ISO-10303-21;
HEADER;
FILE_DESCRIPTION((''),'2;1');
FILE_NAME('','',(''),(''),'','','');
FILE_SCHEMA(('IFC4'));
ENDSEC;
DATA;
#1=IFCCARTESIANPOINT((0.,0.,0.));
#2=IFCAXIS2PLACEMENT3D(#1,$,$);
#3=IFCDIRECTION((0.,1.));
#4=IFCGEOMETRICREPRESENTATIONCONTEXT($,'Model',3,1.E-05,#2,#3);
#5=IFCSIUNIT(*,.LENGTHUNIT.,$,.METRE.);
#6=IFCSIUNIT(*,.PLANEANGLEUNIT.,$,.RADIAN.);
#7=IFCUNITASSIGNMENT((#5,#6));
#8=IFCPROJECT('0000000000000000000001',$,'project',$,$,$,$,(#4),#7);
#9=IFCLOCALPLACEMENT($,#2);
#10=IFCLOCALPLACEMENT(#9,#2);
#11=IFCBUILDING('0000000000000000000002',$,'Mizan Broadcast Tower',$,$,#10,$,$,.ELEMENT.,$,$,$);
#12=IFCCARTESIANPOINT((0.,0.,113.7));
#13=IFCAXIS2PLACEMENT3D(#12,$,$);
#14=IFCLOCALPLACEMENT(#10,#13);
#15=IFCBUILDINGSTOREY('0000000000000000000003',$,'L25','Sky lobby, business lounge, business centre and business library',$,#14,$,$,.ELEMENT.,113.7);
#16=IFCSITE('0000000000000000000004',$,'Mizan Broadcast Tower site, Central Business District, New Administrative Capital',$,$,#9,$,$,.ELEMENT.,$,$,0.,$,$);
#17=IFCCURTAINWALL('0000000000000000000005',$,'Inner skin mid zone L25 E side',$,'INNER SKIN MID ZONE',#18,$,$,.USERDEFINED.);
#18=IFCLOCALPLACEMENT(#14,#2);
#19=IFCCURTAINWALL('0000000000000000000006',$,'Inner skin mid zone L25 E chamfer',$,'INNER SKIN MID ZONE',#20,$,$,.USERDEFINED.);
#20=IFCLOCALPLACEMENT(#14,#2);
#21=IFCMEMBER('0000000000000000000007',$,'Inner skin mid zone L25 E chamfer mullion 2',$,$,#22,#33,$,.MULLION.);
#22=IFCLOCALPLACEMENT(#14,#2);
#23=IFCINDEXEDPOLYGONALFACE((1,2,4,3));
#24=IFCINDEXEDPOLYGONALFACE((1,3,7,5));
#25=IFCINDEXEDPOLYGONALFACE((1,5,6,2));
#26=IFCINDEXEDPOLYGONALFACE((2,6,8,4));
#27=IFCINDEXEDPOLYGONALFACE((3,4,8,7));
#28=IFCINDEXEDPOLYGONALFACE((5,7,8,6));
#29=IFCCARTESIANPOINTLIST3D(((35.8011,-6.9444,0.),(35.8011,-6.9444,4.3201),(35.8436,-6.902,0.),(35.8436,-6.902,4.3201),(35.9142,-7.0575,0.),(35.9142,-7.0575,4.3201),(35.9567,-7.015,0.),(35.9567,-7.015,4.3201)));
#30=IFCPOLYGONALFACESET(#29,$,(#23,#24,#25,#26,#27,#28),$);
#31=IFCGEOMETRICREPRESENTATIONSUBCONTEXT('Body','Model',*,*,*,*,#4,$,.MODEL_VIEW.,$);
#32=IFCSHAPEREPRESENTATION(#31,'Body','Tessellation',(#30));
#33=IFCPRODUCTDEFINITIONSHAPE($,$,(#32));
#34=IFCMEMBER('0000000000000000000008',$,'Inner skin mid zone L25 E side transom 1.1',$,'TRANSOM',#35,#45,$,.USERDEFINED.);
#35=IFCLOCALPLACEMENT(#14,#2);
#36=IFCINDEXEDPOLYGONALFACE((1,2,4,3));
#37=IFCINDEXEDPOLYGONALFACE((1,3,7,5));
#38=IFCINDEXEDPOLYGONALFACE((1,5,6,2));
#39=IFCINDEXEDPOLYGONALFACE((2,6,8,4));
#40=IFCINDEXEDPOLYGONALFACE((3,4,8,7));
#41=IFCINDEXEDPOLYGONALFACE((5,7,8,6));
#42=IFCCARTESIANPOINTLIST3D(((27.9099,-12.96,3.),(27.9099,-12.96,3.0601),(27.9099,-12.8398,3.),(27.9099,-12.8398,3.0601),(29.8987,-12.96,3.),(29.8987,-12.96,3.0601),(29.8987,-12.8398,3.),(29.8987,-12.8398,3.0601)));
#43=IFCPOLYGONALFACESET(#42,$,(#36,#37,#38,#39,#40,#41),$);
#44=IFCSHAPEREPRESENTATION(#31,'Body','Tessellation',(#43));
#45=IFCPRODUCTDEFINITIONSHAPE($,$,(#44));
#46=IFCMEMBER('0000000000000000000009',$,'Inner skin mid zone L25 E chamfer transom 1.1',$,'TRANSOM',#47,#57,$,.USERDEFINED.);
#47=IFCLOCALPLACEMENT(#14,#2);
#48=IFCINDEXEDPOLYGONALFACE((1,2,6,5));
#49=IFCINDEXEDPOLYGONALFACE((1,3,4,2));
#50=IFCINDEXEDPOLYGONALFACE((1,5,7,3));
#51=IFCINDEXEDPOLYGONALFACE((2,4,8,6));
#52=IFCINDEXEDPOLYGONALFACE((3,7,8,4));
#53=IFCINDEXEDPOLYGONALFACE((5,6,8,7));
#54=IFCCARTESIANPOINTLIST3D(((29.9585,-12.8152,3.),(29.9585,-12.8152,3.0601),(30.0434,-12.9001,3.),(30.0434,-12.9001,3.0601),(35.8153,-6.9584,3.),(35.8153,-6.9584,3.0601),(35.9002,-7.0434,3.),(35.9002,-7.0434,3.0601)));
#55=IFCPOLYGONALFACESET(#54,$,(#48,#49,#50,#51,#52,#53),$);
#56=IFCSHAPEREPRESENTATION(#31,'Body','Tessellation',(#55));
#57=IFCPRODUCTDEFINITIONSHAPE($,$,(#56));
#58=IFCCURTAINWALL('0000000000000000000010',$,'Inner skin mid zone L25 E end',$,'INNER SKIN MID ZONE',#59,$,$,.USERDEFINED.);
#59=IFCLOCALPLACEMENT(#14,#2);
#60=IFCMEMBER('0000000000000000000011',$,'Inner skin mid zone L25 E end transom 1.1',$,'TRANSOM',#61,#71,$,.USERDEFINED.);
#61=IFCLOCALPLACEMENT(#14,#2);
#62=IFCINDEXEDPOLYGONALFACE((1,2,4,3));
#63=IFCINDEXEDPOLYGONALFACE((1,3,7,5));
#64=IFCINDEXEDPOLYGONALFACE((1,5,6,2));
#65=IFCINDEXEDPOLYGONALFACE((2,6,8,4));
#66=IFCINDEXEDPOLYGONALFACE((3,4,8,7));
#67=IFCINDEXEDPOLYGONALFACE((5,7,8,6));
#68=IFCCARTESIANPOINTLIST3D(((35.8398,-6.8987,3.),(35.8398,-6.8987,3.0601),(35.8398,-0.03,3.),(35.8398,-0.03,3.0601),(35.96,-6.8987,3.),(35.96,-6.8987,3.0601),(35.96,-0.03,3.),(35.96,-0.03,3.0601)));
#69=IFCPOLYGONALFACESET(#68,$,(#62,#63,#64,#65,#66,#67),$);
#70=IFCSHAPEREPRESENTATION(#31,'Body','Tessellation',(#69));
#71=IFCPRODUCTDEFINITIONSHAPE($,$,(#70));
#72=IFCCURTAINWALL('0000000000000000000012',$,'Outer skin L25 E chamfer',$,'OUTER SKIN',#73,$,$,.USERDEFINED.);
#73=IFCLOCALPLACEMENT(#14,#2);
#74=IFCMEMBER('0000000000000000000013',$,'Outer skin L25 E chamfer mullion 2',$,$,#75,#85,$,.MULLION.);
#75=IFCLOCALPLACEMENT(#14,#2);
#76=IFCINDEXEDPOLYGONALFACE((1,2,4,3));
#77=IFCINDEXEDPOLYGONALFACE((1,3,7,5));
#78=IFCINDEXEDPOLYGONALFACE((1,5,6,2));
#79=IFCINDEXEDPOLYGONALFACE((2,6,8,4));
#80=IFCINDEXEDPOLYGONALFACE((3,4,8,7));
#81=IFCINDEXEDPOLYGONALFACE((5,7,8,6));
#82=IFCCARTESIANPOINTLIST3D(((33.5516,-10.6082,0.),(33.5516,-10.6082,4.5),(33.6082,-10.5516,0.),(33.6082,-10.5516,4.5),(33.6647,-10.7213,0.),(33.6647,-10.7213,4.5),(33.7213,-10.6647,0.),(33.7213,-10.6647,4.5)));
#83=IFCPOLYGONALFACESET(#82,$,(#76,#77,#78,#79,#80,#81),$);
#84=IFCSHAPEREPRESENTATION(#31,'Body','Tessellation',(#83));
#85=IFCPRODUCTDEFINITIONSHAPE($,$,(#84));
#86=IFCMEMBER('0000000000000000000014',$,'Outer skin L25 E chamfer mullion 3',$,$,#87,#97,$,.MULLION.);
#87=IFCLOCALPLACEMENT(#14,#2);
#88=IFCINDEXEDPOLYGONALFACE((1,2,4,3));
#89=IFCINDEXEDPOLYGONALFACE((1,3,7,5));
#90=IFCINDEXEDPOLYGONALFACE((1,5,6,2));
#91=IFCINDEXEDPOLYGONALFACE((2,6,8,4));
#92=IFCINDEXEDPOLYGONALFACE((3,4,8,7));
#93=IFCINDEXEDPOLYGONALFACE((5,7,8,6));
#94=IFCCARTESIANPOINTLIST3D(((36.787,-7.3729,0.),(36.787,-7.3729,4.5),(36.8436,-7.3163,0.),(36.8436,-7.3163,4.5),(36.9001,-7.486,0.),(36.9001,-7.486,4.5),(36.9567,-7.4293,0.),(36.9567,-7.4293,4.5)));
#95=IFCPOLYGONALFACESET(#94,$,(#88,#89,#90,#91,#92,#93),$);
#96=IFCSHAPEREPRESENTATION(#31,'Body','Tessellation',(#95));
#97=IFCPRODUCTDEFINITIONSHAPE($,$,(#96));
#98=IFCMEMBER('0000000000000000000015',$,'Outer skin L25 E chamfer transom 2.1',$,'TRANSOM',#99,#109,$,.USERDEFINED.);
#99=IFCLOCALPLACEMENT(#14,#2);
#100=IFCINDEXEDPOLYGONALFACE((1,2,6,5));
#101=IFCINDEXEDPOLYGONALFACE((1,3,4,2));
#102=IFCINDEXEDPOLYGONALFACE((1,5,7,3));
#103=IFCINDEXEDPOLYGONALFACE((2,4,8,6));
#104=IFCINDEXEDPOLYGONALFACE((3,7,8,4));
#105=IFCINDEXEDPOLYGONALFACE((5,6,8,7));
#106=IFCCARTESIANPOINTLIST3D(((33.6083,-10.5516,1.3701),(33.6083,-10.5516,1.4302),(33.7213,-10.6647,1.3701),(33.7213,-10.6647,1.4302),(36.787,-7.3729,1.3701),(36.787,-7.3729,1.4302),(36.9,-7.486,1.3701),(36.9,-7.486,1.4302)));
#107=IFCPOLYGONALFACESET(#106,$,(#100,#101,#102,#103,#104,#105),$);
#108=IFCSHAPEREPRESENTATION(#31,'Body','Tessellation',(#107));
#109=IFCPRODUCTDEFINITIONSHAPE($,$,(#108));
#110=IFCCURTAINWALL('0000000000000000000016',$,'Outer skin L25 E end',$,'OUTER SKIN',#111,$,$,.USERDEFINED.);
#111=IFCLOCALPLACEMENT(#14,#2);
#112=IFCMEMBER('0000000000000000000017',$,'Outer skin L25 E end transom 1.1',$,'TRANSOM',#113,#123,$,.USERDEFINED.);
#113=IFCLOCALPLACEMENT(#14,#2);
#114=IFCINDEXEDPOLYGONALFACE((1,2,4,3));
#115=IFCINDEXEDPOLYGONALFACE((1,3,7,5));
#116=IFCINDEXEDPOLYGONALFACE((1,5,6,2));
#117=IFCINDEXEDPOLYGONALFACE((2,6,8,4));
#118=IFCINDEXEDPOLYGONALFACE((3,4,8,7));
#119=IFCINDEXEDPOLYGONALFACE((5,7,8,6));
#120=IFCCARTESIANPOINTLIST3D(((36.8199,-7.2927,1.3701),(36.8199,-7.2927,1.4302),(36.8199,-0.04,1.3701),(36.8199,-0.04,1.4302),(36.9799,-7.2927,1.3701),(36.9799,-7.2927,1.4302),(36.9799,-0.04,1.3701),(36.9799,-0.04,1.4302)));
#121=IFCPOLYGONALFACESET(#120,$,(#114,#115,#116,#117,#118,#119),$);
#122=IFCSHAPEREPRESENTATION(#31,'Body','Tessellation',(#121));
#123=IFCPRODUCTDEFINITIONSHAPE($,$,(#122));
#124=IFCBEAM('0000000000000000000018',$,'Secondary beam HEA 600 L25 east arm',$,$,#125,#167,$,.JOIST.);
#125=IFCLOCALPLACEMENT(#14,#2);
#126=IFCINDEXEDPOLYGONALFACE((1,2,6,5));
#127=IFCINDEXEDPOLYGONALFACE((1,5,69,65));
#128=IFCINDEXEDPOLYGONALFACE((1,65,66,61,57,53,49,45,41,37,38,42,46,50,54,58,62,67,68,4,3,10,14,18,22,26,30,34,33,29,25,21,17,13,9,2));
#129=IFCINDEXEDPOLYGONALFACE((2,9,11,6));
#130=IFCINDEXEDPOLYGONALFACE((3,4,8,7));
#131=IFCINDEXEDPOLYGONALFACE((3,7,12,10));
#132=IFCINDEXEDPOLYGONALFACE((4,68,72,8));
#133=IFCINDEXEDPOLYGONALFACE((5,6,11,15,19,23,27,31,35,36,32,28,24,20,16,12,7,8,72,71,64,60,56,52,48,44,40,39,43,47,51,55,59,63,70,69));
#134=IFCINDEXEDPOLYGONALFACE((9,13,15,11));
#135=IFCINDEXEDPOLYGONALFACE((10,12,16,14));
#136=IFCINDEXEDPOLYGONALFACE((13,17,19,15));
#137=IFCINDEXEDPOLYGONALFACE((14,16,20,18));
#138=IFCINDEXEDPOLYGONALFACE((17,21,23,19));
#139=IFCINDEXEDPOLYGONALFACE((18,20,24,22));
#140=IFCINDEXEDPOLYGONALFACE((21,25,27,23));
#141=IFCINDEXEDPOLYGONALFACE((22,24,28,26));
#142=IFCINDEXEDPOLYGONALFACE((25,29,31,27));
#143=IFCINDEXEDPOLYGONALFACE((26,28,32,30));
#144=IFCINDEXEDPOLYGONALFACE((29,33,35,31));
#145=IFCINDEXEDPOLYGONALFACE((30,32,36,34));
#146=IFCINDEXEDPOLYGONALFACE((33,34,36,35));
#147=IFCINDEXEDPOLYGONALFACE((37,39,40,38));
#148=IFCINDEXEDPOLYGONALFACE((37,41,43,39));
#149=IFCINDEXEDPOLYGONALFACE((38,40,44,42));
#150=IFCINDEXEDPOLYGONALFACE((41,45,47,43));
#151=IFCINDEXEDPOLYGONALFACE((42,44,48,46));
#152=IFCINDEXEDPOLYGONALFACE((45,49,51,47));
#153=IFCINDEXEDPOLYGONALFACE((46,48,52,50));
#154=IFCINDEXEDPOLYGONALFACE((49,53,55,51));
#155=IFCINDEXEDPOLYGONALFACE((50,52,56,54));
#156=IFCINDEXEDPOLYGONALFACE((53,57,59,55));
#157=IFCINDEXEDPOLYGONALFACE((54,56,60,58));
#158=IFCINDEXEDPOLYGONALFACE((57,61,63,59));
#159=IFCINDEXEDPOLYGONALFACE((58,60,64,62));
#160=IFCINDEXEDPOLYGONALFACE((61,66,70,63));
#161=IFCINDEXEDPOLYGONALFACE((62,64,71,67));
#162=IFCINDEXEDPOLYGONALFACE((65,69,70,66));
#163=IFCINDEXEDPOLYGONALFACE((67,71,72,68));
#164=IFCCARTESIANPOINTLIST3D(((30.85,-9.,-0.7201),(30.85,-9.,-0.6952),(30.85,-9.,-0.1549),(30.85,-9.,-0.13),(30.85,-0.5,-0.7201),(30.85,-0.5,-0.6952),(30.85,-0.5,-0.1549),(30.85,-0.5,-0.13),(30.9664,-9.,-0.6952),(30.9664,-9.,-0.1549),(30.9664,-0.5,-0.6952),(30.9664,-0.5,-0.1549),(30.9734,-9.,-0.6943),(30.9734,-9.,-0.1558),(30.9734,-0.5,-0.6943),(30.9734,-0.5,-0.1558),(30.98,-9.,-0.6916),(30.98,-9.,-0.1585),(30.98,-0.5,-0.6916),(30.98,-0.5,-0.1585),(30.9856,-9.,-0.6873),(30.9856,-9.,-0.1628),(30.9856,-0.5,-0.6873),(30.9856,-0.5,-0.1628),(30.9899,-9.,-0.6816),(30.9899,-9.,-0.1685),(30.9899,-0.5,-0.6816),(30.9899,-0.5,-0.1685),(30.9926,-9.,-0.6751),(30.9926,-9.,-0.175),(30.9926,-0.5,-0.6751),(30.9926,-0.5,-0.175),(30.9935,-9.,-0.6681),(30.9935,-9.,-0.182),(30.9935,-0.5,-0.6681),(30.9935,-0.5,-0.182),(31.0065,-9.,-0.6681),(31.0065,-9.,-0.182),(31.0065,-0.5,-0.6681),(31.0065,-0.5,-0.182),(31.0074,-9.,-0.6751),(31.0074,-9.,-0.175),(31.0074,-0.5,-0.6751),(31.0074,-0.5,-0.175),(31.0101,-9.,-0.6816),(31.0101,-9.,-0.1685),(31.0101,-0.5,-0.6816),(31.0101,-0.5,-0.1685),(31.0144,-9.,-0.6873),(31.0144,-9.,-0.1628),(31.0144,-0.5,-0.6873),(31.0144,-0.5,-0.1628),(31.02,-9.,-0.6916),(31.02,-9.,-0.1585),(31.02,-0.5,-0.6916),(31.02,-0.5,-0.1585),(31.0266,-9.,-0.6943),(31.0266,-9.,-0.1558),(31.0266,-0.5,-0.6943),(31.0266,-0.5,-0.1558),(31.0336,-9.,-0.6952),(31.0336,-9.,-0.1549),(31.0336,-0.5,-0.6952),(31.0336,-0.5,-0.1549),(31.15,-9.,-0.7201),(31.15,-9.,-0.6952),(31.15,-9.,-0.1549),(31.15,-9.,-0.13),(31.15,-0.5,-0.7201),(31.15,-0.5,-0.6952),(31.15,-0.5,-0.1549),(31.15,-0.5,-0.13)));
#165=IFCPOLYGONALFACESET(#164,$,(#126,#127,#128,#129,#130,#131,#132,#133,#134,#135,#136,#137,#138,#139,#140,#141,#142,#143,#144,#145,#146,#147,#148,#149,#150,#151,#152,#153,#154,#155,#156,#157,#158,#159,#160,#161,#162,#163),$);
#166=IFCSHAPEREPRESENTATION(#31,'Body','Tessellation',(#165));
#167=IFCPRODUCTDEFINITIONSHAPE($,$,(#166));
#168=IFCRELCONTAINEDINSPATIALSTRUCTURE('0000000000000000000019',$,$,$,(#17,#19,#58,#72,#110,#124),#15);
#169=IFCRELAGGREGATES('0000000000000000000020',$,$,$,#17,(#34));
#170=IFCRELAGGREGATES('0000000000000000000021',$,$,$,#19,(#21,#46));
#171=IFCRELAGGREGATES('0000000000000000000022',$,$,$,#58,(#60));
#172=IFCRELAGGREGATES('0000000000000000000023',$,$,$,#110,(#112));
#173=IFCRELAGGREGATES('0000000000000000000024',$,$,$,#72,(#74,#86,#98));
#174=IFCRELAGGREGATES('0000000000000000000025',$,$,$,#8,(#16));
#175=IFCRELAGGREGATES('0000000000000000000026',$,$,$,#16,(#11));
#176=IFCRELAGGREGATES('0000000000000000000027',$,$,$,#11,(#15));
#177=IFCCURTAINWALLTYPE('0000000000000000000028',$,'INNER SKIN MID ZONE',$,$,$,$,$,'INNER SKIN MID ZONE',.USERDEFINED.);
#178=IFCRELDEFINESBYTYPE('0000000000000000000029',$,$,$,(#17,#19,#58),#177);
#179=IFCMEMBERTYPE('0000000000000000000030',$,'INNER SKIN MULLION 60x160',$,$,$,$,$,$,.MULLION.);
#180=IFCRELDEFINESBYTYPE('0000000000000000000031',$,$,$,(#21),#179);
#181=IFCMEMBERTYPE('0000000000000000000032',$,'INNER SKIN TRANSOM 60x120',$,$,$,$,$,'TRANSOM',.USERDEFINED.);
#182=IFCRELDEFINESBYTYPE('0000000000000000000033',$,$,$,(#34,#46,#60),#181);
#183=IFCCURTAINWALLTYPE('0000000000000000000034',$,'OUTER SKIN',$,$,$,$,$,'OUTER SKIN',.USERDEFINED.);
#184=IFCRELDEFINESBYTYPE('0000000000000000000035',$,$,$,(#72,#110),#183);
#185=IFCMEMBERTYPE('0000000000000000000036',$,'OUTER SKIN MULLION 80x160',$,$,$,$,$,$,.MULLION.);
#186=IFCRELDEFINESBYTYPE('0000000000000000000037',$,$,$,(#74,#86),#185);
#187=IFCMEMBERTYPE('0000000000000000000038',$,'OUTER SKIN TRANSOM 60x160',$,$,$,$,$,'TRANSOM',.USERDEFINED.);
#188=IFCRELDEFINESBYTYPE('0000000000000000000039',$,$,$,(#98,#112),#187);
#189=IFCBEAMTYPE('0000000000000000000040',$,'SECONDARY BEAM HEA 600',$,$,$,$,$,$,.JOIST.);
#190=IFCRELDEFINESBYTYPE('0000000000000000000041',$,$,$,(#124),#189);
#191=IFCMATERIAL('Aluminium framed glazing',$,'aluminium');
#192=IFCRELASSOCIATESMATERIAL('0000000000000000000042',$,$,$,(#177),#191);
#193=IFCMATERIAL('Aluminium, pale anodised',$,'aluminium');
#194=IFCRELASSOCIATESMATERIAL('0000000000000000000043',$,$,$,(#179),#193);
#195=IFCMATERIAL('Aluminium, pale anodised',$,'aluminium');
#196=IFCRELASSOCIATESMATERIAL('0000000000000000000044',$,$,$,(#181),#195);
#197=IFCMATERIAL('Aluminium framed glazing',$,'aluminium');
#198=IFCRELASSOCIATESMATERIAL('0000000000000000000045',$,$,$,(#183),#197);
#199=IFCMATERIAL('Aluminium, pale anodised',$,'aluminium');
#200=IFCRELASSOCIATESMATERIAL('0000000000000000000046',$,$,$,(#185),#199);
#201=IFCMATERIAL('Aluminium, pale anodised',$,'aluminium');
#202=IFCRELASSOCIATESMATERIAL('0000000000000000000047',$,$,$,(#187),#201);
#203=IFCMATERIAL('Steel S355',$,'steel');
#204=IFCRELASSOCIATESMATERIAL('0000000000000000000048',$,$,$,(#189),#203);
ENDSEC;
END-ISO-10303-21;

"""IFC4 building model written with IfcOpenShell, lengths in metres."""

from ifc_helpers import new_model, si_unit, direction, frame, origin, origin_2d, place, context, subcontext, project, spatial, rectangle, i_section, extrude, material, material_profile, profile_set, type_object, element, aggregate, save


model = new_model("IFC4")

# Units and contexts
model_context = context("Model", 3, precision=1e-05, world=origin(), true_north=direction((0.0, 1.0)))
body_context = subcontext(model_context, "Body", "Model", "MODEL_VIEW")
ifc_project = project(units=[si_unit("LENGTHUNIT", "METRE"), si_unit("PLANEANGLEUNIT", "RADIAN")], contexts=[model_context])

# Site, building, storey
site_placement = place(None, origin())
site = spatial("IfcSite", under=ifc_project, at=site_placement, Name="Mizan Broadcast Tower site, Central Business District, New Administrative Capital", CompositionType="ELEMENT", RefElevation=0.0)
building_placement = place(site_placement, origin())
building = spatial("IfcBuilding", under=site, at=building_placement, Name="Mizan Broadcast Tower", CompositionType="ELEMENT")
storey_placement = place(building_placement, frame((0.0, 0.0, 113.7)))
storey = spatial("IfcBuildingStorey", under=building, at=storey_placement, Name="L25", Description="Sky lobby, business lounge, business centre and business library", CompositionType="ELEMENT", Elevation=113.7)

# Shared definitions
ifc_material_1 = material(Name="Aluminium framed glazing", Category="aluminium")
curtain_wall_type_1 = type_object("IfcCurtainWallType", Name="INNER SKIN MID ZONE", ElementType="INNER SKIN MID ZONE", PredefinedType="USERDEFINED", material=ifc_material_1)
ifc_material_2 = material(Name="Aluminium, pale anodised", Category="aluminium")
ifc_material_profile_1 = material_profile(ifc_material_2, rectangle(XDim=0.1599, YDim=0.0601, at=origin_2d()), Name="MULLION 160x60")
ifc_profile_set_1 = profile_set([ifc_material_profile_1], Name="Aluminium, pale anodised")
member_type_1 = type_object("IfcMemberType", Name="INNER SKIN MULLION 60x160", PredefinedType="MULLION", material=ifc_profile_set_1)

# Curtain wall
curtain_wall_1_placement = place(storey_placement, origin())
curtain_wall_1 = element("IfcCurtainWall", 1, at=curtain_wall_1_placement, inside=storey, type_object=curtain_wall_type_1, Name="Inner skin mid zone L25 E side", ObjectType="INNER SKIN MID ZONE", PredefinedType="USERDEFINED")

# Curtain wall, member
curtain_wall_2_placement = place(storey_placement, origin())
curtain_wall_2 = element("IfcCurtainWall", 2, at=curtain_wall_2_placement, inside=storey, type_object=curtain_wall_type_1, Name="Inner skin mid zone L25 E chamfer", ObjectType="INNER SKIN MID ZONE", PredefinedType="USERDEFINED")
member_1_placement = place(storey_placement, frame((35.8789, -6.9797, 0.0), z_axis=(0.0, 0.0, 1.0), x_axis=(-0.707107, 0.707107, 0.0)))
member_1 = element("IfcMember", 3, at=member_1_placement, type_object=member_type_1, Name="Inner skin mid zone L25 E chamfer mullion 2", PredefinedType="MULLION", context=body_context, shape_type="SweptSolid", body=[
    extrude(rectangle(XDim=0.1599, YDim=0.0601, at=origin_2d()), origin(), (0.0, 0.0, 1.0), 4.3201),
])

# Members
ifc_material_3 = material(Name="Aluminium, pale anodised", Category="aluminium")
ifc_material_profile_2 = material_profile(ifc_material_3, rectangle(XDim=0.1201, YDim=0.0601, at=origin_2d()), Name="TRANSOM 120x60")
ifc_profile_set_2 = profile_set([ifc_material_profile_2], Name="Aluminium, pale anodised")
member_type_2 = type_object("IfcMemberType", Name="INNER SKIN TRANSOM 60x120", ElementType="TRANSOM", PredefinedType="USERDEFINED", material=ifc_profile_set_2)
member_2_placement = place(storey_placement, frame((27.9099, -12.8999, 3.03), z_axis=(1.0, 0.0, 0.0), x_axis=(0.0, 1.0, 0.0)))
member_2 = element("IfcMember", 4, at=member_2_placement, type_object=member_type_2, Name="Inner skin mid zone L25 E side transom 1.1", ObjectType="TRANSOM", PredefinedType="USERDEFINED", context=body_context, shape_type="SweptSolid", body=[
    extrude(rectangle(XDim=0.1201, YDim=0.0601, at=origin_2d()), origin(), (0.0, 0.0, 1.0), 1.9888),
])
member_3_placement = place(storey_placement, frame((30.001, -12.8577, 3.03), z_axis=(0.707107, 0.707107, 0.0), x_axis=(-0.707107, 0.707107, 0.0)))
member_3 = element("IfcMember", 5, at=member_3_placement, type_object=member_type_2, Name="Inner skin mid zone L25 E chamfer transom 1.1", ObjectType="TRANSOM", PredefinedType="USERDEFINED", context=body_context, shape_type="SweptSolid", body=[
    extrude(rectangle(XDim=0.1201, YDim=0.0601, at=origin_2d()), origin(), (0.0, 0.0, 1.0), 8.2827),
])

# Curtain wall, member
curtain_wall_3_placement = place(storey_placement, origin())
curtain_wall_3 = element("IfcCurtainWall", 6, at=curtain_wall_3_placement, inside=storey, type_object=curtain_wall_type_1, Name="Inner skin mid zone L25 E end", ObjectType="INNER SKIN MID ZONE", PredefinedType="USERDEFINED")
member_4_placement = place(storey_placement, frame((35.8999, -6.8987, 3.03), z_axis=(0.0, 1.0, 0.0), x_axis=(-1.0, 0.0, 0.0)))
member_4 = element("IfcMember", 7, at=member_4_placement, type_object=member_type_2, Name="Inner skin mid zone L25 E end transom 1.1", ObjectType="TRANSOM", PredefinedType="USERDEFINED", context=body_context, shape_type="SweptSolid", body=[
    extrude(rectangle(XDim=0.1201, YDim=0.0601, at=origin_2d()), origin(), (0.0, 0.0, 1.0), 6.8687),
])

# Curtain wall, members
ifc_material_4 = material(Name="Aluminium framed glazing", Category="aluminium")
curtain_wall_type_2 = type_object("IfcCurtainWallType", Name="OUTER SKIN", ElementType="OUTER SKIN", PredefinedType="USERDEFINED", material=ifc_material_4)
curtain_wall_4_placement = place(storey_placement, origin())
curtain_wall_4 = element("IfcCurtainWall", 8, at=curtain_wall_4_placement, inside=storey, type_object=curtain_wall_type_2, Name="Outer skin L25 E chamfer", ObjectType="OUTER SKIN", PredefinedType="USERDEFINED")
ifc_material_5 = material(Name="Aluminium, pale anodised", Category="aluminium")
ifc_material_profile_3 = material_profile(ifc_material_5, rectangle(XDim=0.1599, YDim=0.0801, at=origin_2d()), Name="MULLION 160x80")
ifc_profile_set_3 = profile_set([ifc_material_profile_3], Name="Aluminium, pale anodised")
member_type_3 = type_object("IfcMemberType", Name="OUTER SKIN MULLION 80x160", PredefinedType="MULLION", material=ifc_profile_set_3)
member_5_placement = place(storey_placement, frame((33.6365, -10.6365, 0.0), z_axis=(0.0, 0.0, 1.0), x_axis=(-0.707107, 0.707107, 0.0)))
member_5 = element("IfcMember", 9, at=member_5_placement, type_object=member_type_3, Name="Outer skin L25 E chamfer mullion 2", PredefinedType="MULLION", context=body_context, shape_type="SweptSolid", body=[
    extrude(rectangle(XDim=0.1599, YDim=0.0801, at=origin_2d()), origin(), (0.0, 0.0, 1.0), 4.5),
])
member_6_placement = place(storey_placement, frame((36.8718, -7.4011, 0.0), z_axis=(0.0, 0.0, 1.0), x_axis=(-0.707107, 0.707107, 0.0)))
member_6 = element("IfcMember", 10, at=member_6_placement, type_object=member_type_3, Name="Outer skin L25 E chamfer mullion 3", PredefinedType="MULLION", context=body_context, shape_type="SweptSolid", body=[
    extrude(rectangle(XDim=0.1599, YDim=0.0801, at=origin_2d()), origin(), (0.0, 0.0, 1.0), 4.5),
])
ifc_material_6 = material(Name="Aluminium, pale anodised", Category="aluminium")
ifc_material_profile_4 = material_profile(ifc_material_6, rectangle(XDim=0.1599, YDim=0.0601, at=origin_2d()), Name="TRANSOM 160x60")
ifc_profile_set_4 = profile_set([ifc_material_profile_4], Name="Aluminium, pale anodised")
member_type_4 = type_object("IfcMemberType", Name="OUTER SKIN TRANSOM 60x160", ElementType="TRANSOM", PredefinedType="USERDEFINED", material=ifc_profile_set_4)
member_7_placement = place(storey_placement, frame((33.6648, -10.6082, 1.4001), z_axis=(0.707107, 0.707107, 0.0), x_axis=(-0.707107, 0.707107, 0.0)))
member_7 = element("IfcMember", 11, at=member_7_placement, type_object=member_type_4, Name="Outer skin L25 E chamfer transom 2.1", ObjectType="TRANSOM", PredefinedType="USERDEFINED", context=body_context, shape_type="SweptSolid", body=[
    extrude(rectangle(XDim=0.1599, YDim=0.0601, at=origin_2d()), origin(), (0.0, 0.0, 1.0), 4.4954),
])

# Curtain wall, member
curtain_wall_5_placement = place(storey_placement, origin())
curtain_wall_5 = element("IfcCurtainWall", 12, at=curtain_wall_5_placement, inside=storey, type_object=curtain_wall_type_2, Name="Outer skin L25 E end", ObjectType="OUTER SKIN", PredefinedType="USERDEFINED")
member_8_placement = place(storey_placement, frame((36.8999, -7.2927, 1.4001), z_axis=(0.0, 1.0, 0.0), x_axis=(-1.0, 0.0, 0.0)))
member_8 = element("IfcMember", 13, at=member_8_placement, type_object=member_type_4, Name="Outer skin L25 E end transom 1.1", ObjectType="TRANSOM", PredefinedType="USERDEFINED", context=body_context, shape_type="SweptSolid", body=[
    extrude(rectangle(XDim=0.1599, YDim=0.0601, at=origin_2d()), origin(), (0.0, 0.0, 1.0), 7.2527),
])

# Beam
ifc_material_7 = material(Name="Steel S355", Category="steel")
ifc_material_profile_5 = material_profile(ifc_material_7, i_section(OverallWidth=0.3, OverallDepth=0.5901, WebThickness=0.0129, FlangeThickness=0.0249, FilletRadius=0.0271, at=origin_2d()), Name="HEA 600")
ifc_profile_set_5 = profile_set([ifc_material_profile_5], Name="Steel S355")
beam_type_1 = type_object("IfcBeamType", Name="SECONDARY BEAM HEA 600", PredefinedType="JOIST", material=ifc_profile_set_5)
beam_1_placement = place(storey_placement, frame((31.0, -9.0, -0.425), z_axis=(0.0, 1.0, 0.0), x_axis=(-1.0, 0.0, 0.0)))
element("IfcBeam", 14, at=beam_1_placement, inside=storey, type_object=beam_type_1, Name="Secondary beam HEA 600 L25 east arm", PredefinedType="JOIST", context=body_context, shape_type="SweptSolid", body=[
    extrude(i_section(OverallWidth=0.3, OverallDepth=0.5901, WebThickness=0.0129, FlangeThickness=0.0249, FilletRadius=0.0271, at=origin_2d()), origin(), (0.0, 0.0, 1.0), 8.5),
])

aggregate(curtain_wall_1, [member_2])
aggregate(curtain_wall_2, [member_1, member_3])
aggregate(curtain_wall_3, [member_4])
aggregate(curtain_wall_5, [member_8])
aggregate(curtain_wall_4, [member_5, member_6, member_7])

save(model, "model.ifc")
